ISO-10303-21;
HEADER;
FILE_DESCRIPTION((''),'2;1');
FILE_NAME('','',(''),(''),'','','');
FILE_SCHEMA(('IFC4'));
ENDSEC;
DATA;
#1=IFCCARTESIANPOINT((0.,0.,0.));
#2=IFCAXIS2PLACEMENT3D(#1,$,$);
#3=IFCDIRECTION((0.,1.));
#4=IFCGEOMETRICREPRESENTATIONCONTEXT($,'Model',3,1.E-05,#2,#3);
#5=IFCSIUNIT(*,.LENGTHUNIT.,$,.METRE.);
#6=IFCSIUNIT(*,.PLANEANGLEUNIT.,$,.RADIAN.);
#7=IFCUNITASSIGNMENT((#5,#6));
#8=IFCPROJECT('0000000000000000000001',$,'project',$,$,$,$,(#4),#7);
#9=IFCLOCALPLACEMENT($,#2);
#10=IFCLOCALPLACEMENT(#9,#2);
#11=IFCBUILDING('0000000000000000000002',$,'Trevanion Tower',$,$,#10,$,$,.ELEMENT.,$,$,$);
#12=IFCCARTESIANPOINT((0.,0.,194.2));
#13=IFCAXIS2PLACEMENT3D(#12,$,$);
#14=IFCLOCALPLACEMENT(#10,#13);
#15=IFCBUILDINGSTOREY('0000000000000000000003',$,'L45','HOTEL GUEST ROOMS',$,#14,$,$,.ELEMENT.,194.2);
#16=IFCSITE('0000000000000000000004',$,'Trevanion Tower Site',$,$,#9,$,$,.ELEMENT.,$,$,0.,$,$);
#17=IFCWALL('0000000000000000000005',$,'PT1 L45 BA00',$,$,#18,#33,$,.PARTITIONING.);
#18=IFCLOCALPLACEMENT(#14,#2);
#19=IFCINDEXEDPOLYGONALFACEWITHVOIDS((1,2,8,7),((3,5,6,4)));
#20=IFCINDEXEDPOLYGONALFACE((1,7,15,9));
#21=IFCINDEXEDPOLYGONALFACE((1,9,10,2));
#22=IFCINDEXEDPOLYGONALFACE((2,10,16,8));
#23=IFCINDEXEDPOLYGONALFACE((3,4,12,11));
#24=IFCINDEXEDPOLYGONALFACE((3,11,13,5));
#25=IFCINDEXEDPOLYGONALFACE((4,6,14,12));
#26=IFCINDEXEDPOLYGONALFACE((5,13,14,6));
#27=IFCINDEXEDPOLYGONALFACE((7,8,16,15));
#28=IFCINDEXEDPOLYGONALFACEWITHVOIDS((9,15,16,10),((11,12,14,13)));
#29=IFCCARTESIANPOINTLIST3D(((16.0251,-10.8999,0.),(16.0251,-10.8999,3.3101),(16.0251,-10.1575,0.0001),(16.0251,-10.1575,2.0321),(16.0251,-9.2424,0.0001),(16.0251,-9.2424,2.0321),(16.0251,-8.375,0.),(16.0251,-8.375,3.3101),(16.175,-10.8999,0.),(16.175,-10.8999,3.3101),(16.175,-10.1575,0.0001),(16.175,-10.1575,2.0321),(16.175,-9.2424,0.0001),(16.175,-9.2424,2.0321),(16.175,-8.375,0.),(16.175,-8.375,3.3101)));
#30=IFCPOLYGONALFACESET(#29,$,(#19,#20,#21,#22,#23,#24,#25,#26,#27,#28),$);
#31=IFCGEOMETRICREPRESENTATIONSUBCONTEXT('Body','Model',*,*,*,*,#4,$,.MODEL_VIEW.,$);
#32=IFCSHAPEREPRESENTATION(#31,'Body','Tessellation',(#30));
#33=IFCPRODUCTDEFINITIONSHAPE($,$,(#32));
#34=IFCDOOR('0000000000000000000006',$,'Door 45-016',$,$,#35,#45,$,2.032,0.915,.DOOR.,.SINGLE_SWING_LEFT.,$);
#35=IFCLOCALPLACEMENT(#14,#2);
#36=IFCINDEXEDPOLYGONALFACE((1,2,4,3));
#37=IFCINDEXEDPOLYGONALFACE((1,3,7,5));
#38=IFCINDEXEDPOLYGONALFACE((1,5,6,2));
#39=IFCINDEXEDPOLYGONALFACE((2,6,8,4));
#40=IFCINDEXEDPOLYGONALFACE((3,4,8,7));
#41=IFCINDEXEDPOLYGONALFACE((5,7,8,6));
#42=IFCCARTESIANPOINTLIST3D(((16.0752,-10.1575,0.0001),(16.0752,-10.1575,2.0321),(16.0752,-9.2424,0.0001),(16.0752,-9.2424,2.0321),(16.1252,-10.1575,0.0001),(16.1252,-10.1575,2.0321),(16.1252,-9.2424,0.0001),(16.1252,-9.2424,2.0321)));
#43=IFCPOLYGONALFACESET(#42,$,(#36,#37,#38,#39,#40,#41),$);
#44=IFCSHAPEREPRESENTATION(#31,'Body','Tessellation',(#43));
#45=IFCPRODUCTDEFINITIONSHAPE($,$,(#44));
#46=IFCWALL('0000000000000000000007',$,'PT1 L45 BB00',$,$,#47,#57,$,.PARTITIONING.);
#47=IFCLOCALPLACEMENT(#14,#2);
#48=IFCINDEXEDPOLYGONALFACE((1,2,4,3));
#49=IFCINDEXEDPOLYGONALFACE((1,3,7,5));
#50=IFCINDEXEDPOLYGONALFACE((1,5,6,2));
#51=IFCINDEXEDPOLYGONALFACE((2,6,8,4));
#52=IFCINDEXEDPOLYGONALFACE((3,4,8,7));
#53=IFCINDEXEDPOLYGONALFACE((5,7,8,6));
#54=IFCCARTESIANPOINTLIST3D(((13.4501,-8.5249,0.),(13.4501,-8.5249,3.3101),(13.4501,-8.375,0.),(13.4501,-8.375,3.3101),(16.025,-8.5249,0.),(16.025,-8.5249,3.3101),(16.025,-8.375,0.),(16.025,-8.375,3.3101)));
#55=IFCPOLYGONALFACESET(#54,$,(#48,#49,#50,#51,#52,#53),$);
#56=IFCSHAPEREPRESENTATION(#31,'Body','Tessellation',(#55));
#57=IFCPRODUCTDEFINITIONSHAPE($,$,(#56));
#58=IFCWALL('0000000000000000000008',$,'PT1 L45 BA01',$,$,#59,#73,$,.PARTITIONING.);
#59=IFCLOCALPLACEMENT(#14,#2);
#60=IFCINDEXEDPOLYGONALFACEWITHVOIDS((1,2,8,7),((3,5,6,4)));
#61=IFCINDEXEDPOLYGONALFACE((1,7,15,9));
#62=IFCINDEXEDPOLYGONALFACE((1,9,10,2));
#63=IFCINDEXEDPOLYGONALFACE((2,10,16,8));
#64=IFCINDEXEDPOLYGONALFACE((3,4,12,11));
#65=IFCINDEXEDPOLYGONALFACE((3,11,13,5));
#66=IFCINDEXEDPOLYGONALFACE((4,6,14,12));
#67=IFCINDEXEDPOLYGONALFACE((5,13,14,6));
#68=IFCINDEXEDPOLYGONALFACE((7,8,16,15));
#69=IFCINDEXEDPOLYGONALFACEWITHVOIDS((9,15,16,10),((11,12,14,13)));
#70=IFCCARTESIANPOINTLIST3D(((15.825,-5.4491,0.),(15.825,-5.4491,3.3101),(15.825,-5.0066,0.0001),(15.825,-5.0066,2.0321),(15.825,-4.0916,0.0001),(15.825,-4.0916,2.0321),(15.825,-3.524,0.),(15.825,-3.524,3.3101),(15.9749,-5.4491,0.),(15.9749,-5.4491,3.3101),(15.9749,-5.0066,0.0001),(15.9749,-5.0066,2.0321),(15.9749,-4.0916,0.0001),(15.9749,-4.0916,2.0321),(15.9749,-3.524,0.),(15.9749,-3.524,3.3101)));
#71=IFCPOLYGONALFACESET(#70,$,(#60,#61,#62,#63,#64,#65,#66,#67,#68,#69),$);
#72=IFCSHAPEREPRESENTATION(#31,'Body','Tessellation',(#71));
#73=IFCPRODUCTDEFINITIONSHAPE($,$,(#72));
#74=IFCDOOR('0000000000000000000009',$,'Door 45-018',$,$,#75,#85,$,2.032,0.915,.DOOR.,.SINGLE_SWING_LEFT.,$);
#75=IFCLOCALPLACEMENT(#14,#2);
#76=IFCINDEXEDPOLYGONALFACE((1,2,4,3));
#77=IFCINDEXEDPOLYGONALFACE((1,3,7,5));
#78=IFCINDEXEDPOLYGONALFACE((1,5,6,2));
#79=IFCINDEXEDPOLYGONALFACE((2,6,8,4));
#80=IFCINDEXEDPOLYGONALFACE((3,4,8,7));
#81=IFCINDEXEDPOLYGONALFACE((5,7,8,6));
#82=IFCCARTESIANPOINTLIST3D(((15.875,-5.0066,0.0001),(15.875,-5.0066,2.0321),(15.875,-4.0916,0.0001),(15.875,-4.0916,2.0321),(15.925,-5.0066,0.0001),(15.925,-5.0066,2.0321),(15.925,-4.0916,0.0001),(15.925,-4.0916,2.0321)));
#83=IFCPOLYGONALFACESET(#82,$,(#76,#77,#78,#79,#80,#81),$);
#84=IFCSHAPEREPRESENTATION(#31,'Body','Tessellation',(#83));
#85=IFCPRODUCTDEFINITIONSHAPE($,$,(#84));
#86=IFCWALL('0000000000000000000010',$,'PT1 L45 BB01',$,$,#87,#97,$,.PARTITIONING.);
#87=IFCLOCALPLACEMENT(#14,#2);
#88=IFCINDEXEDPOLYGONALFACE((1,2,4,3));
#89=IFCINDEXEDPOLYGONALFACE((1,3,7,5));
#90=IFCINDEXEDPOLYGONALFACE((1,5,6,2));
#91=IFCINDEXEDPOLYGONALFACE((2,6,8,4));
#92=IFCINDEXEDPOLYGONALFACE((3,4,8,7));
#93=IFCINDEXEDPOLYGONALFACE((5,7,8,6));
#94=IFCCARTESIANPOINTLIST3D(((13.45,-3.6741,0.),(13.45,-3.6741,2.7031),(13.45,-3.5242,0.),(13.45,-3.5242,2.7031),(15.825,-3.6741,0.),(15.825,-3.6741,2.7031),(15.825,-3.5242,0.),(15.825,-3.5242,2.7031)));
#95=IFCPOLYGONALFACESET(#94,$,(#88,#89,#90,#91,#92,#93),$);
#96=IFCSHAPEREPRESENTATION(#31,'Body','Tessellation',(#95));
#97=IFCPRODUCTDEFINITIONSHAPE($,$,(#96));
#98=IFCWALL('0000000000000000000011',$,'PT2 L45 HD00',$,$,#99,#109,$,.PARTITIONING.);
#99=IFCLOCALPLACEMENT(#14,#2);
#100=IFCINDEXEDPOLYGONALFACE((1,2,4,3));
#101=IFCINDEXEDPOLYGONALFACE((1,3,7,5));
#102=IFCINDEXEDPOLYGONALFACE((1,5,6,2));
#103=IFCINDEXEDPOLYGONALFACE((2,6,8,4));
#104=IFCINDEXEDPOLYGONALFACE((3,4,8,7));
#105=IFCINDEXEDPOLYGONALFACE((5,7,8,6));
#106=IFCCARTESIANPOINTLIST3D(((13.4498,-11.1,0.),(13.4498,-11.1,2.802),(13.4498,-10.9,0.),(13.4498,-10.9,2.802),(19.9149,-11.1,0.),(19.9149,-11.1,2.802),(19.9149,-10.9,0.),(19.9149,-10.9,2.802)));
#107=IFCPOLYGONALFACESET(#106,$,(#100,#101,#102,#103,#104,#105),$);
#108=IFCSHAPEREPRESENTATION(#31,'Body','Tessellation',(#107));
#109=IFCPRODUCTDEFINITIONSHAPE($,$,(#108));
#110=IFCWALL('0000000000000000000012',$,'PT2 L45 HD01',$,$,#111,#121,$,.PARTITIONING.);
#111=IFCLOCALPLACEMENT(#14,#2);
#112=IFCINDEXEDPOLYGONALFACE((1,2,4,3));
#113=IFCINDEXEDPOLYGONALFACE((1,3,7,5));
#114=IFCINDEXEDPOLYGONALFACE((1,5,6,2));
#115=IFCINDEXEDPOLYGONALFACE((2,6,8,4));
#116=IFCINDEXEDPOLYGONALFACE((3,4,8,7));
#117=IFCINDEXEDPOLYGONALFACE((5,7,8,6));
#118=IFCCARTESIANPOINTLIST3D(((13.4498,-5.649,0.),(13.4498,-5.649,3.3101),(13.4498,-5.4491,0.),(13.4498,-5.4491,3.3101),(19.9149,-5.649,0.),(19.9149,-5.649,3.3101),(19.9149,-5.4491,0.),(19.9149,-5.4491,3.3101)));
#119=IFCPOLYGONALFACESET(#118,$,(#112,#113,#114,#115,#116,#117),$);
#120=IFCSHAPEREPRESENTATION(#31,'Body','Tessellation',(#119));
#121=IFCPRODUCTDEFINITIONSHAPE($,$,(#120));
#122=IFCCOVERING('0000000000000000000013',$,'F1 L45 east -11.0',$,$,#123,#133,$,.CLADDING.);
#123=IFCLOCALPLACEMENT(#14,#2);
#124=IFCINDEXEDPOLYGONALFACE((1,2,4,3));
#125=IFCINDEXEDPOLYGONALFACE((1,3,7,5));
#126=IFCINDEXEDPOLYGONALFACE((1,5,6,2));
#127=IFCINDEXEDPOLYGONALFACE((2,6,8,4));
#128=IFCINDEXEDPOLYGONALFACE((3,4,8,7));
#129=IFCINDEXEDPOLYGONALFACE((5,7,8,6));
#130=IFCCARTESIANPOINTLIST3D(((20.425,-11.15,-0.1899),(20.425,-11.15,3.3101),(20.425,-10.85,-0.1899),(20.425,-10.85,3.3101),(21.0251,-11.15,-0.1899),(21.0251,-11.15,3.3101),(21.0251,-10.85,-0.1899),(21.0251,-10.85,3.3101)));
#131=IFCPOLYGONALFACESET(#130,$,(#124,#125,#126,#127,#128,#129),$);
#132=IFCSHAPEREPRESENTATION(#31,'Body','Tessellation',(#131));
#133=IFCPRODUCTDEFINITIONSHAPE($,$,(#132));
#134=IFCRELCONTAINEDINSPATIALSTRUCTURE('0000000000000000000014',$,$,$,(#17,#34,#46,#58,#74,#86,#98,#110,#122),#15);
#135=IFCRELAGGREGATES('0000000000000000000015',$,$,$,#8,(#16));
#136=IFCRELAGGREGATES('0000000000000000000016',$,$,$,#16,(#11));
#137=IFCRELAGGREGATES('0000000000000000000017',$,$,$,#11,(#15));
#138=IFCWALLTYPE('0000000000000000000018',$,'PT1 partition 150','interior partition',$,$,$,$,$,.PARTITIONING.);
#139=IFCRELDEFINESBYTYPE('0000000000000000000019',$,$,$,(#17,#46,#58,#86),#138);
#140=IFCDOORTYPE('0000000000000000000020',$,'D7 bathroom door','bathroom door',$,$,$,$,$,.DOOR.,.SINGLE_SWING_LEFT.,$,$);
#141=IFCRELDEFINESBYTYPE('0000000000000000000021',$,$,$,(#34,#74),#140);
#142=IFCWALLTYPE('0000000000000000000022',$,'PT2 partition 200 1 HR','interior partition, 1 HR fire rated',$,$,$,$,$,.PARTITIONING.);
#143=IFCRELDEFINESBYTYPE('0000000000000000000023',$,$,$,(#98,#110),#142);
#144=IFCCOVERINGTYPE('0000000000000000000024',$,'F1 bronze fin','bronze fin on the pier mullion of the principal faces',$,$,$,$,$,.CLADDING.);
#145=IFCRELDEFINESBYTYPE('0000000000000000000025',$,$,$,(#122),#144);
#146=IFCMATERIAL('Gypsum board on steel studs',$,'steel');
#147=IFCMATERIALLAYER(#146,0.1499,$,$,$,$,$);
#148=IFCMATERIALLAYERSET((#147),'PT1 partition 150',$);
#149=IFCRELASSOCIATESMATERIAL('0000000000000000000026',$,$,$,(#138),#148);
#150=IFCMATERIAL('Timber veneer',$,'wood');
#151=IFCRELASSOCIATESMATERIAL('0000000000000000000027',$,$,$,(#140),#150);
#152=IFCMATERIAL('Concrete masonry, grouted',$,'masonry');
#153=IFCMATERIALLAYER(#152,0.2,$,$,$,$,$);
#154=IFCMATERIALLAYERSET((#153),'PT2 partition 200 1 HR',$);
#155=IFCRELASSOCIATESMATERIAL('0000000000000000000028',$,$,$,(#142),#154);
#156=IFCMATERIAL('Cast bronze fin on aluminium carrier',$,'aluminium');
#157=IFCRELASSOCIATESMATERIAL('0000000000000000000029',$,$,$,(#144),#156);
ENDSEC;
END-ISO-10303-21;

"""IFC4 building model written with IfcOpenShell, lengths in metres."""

from ifc_helpers import new_model, si_unit, direction, frame, frame_2d, origin, origin_2d, place, context, subcontext, project, spatial, rectangle, extrude, material, layer, layer_set, type_object, element, fill, save


model = new_model("IFC4")

# Units and contexts
model_context = context("Model", 3, precision=1e-05, world=origin(), true_north=direction((0.0, 1.0)))
body_context = subcontext(model_context, "Body", "Model", "MODEL_VIEW")
ifc_project = project(units=[si_unit("LENGTHUNIT", "METRE"), si_unit("PLANEANGLEUNIT", "RADIAN")], contexts=[model_context])

# Site, building, storey
site_placement = place(None, origin())
site = spatial("IfcSite", under=ifc_project, at=site_placement, Name="Trevanion Tower Site", CompositionType="ELEMENT", RefElevation=0.0)
building_placement = place(site_placement, origin())
building = spatial("IfcBuilding", under=site, at=building_placement, Name="Trevanion Tower", CompositionType="ELEMENT")
storey_placement = place(building_placement, frame((0.0, 0.0, 194.2)))
storey = spatial("IfcBuildingStorey", under=building, at=storey_placement, Name="L45", Description="HOTEL GUEST ROOMS", CompositionType="ELEMENT", Elevation=194.2)

# Wall, opening, door
ifc_material_1 = material(Name="Gypsum board on steel studs", Category="steel")
ifc_layer_1 = layer(ifc_material_1, 0.1499)
ifc_layer_set_1 = layer_set([ifc_layer_1], Name="PT1 partition 150")
wall_type_1 = type_object("IfcWallType", Name="PT1 partition 150", Description="interior partition", PredefinedType="PARTITIONING", material=ifc_layer_set_1)
wall_1_placement = place(storey_placement, frame((16.1001, -10.8999, 0.0), z_axis=(0.0, 0.0, 1.0), x_axis=(0.0, 1.0, 0.0)))
wall_1 = element("IfcWall", 1, at=wall_1_placement, inside=storey, type_object=wall_type_1, Name="PT1 L45 BA00", PredefinedType="PARTITIONING", context=body_context, shape_type="SweptSolid", body=[
    extrude(rectangle(XDim=2.5249, YDim=0.1499, at=frame_2d((1.2625, 0.0))), origin(), (0.0, 0.0, 1.0), 3.3101),
])
opening_1_placement = place(wall_1_placement, frame((0.7424, 0.0, 0.0)))
opening_1 = element("IfcOpeningElement", 2, at=opening_1_placement, cuts=wall_1, PredefinedType="OPENING", context=body_context, shape_type="SweptSolid", body=[
    extrude(rectangle(XDim=0.915, YDim=2.032, at=frame_2d((0.4575, 1.0161))), frame((0.0, 0.085, 0.0), z_axis=(0.0, -1.0, 0.0), x_axis=(1.0, 0.0, 0.0)), (0.0, 0.0, 1.0), 0.1699),
])
ifc_material_2 = material(Name="Timber veneer", Category="wood")
door_type = type_object("IfcDoorType", Name="D7 bathroom door", Description="bathroom door", OperationType="SINGLE_SWING_LEFT", PredefinedType="DOOR", material=ifc_material_2)
door_1_placement = place(opening_1_placement, origin())
door_1 = element("IfcDoor", 3, at=door_1_placement, inside=storey, type_object=door_type, Name="Door 45-016", OperationType="SINGLE_SWING_LEFT", OverallHeight=2.032, OverallWidth=0.915, PredefinedType="DOOR", context=body_context, shape_type="SweptSolid", body=[
    extrude(rectangle(XDim=0.915, YDim=2.032, at=frame_2d((0.4575, 1.0161))), frame((0.0, 0.0249, 0.0), z_axis=(0.0, -1.0, 0.0), x_axis=(1.0, 0.0, 0.0)), (0.0, 0.0, 1.0), 0.05),
])
fill(opening_1, door_1)

# Wall
wall_2_placement = place(storey_placement, frame((13.45, -8.45, 0.0), z_axis=(0.0, 0.0, 1.0), x_axis=(1.0, 0.0, 0.0)))
element("IfcWall", 4, at=wall_2_placement, inside=storey, type_object=wall_type_1, Name="PT1 L45 BB00", PredefinedType="PARTITIONING", context=body_context, shape_type="SweptSolid", body=[
    extrude(rectangle(XDim=2.575, YDim=0.1499, at=frame_2d((1.2876, 0.0))), origin(), (0.0, 0.0, 1.0), 3.3101),
])

# Wall, opening, door
wall_3_placement = place(storey_placement, frame((15.8999, -5.449, 0.0), z_axis=(0.0, 0.0, 1.0), x_axis=(0.0, 1.0, 0.0)))
wall_3 = element("IfcWall", 5, at=wall_3_placement, inside=storey, type_object=wall_type_1, Name="PT1 L45 BA01", PredefinedType="PARTITIONING", context=body_context, shape_type="SweptSolid", body=[
    extrude(rectangle(XDim=1.925, YDim=0.1499, at=frame_2d((0.9624, 0.0))), origin(), (0.0, 0.0, 1.0), 3.3101),
])
opening_2_placement = place(wall_3_placement, frame((0.4424, 0.0, 0.0)))
opening_2 = element("IfcOpeningElement", 6, at=opening_2_placement, cuts=wall_3, PredefinedType="OPENING", context=body_context, shape_type="SweptSolid", body=[
    extrude(rectangle(XDim=0.915, YDim=2.032, at=frame_2d((0.4575, 1.0161))), frame((0.0, 0.085, 0.0), z_axis=(0.0, -1.0, 0.0), x_axis=(1.0, 0.0, 0.0)), (0.0, 0.0, 1.0), 0.1699),
])
door_2_placement = place(opening_2_placement, origin())
door_2 = element("IfcDoor", 7, at=door_2_placement, inside=storey, type_object=door_type, Name="Door 45-018", OperationType="SINGLE_SWING_LEFT", OverallHeight=2.032, OverallWidth=0.915, PredefinedType="DOOR", context=body_context, shape_type="SweptSolid", body=[
    extrude(rectangle(XDim=0.915, YDim=2.032, at=frame_2d((0.4575, 1.0161))), frame((0.0, 0.0249, 0.0), z_axis=(0.0, -1.0, 0.0), x_axis=(1.0, 0.0, 0.0)), (0.0, 0.0, 1.0), 0.05),
])
fill(opening_2, door_2)

# Walls
wall_4_placement = place(storey_placement, frame((13.45, -3.5991, 0.0), z_axis=(0.0, 0.0, 1.0), x_axis=(1.0, 0.0, 0.0)))
element("IfcWall", 8, at=wall_4_placement, inside=storey, type_object=wall_type_1, Name="PT1 L45 BB01", PredefinedType="PARTITIONING", context=body_context, shape_type="SweptSolid", body=[
    extrude(rectangle(XDim=2.375, YDim=0.1499, at=frame_2d((1.1875, 0.0))), origin(), (0.0, 0.0, 1.0), 2.7031),
])
ifc_material_3 = material(Name="Concrete masonry, grouted", Category="masonry")
ifc_layer_2 = layer(ifc_material_3, 0.2)
ifc_layer_set_2 = layer_set([ifc_layer_2], Name="PT2 partition 200 1 HR")
wall_type_2 = type_object("IfcWallType", Name="PT2 partition 200 1 HR", Description="interior partition, 1 HR fire rated", PredefinedType="PARTITIONING", material=ifc_layer_set_2)
wall_5_placement = place(storey_placement, frame((13.45, -11.0, 0.0), z_axis=(0.0, 0.0, 1.0), x_axis=(1.0, 0.0, 0.0)))
element("IfcWall", 9, at=wall_5_placement, inside=storey, type_object=wall_type_2, Name="PT2 L45 HD00", PredefinedType="PARTITIONING", context=body_context, shape_type="SweptSolid", body=[
    extrude(rectangle(XDim=6.4651, YDim=0.2, at=frame_2d((3.2324, 0.0))), origin(), (0.0, 0.0, 1.0), 2.802),
])
wall_6_placement = place(storey_placement, frame((13.45, -5.5491, 0.0), z_axis=(0.0, 0.0, 1.0), x_axis=(1.0, 0.0, 0.0)))
element("IfcWall", 10, at=wall_6_placement, inside=storey, type_object=wall_type_2, Name="PT2 L45 HD01", PredefinedType="PARTITIONING", context=body_context, shape_type="SweptSolid", body=[
    extrude(rectangle(XDim=6.4651, YDim=0.2, at=frame_2d((3.2324, 0.0))), origin(), (0.0, 0.0, 1.0), 3.3101),
])

# Covering
ifc_material_4 = material(Name="Cast bronze fin on aluminium carrier", Category="aluminium")
covering_type = type_object("IfcCoveringType", Name="F1 bronze fin", Description="bronze fin on the pier mullion of the principal faces", PredefinedType="CLADDING", material=ifc_material_4)
covering_placement = place(storey_placement, frame((20.7251, -11.0, -0.1899), z_axis=(0.0, 0.0, 1.0), x_axis=(0.0, 1.0, 0.0)))
element("IfcCovering", 11, at=covering_placement, inside=storey, type_object=covering_type, Name="F1 L45 east -11.0", PredefinedType="CLADDING", context=body_context, shape_type="SweptSolid", body=[
    extrude(rectangle(XDim=0.3, YDim=0.6001, at=origin_2d()), origin(), (0.0, 0.0, 1.0), 3.5),
])

save(model, "model.ifc")
